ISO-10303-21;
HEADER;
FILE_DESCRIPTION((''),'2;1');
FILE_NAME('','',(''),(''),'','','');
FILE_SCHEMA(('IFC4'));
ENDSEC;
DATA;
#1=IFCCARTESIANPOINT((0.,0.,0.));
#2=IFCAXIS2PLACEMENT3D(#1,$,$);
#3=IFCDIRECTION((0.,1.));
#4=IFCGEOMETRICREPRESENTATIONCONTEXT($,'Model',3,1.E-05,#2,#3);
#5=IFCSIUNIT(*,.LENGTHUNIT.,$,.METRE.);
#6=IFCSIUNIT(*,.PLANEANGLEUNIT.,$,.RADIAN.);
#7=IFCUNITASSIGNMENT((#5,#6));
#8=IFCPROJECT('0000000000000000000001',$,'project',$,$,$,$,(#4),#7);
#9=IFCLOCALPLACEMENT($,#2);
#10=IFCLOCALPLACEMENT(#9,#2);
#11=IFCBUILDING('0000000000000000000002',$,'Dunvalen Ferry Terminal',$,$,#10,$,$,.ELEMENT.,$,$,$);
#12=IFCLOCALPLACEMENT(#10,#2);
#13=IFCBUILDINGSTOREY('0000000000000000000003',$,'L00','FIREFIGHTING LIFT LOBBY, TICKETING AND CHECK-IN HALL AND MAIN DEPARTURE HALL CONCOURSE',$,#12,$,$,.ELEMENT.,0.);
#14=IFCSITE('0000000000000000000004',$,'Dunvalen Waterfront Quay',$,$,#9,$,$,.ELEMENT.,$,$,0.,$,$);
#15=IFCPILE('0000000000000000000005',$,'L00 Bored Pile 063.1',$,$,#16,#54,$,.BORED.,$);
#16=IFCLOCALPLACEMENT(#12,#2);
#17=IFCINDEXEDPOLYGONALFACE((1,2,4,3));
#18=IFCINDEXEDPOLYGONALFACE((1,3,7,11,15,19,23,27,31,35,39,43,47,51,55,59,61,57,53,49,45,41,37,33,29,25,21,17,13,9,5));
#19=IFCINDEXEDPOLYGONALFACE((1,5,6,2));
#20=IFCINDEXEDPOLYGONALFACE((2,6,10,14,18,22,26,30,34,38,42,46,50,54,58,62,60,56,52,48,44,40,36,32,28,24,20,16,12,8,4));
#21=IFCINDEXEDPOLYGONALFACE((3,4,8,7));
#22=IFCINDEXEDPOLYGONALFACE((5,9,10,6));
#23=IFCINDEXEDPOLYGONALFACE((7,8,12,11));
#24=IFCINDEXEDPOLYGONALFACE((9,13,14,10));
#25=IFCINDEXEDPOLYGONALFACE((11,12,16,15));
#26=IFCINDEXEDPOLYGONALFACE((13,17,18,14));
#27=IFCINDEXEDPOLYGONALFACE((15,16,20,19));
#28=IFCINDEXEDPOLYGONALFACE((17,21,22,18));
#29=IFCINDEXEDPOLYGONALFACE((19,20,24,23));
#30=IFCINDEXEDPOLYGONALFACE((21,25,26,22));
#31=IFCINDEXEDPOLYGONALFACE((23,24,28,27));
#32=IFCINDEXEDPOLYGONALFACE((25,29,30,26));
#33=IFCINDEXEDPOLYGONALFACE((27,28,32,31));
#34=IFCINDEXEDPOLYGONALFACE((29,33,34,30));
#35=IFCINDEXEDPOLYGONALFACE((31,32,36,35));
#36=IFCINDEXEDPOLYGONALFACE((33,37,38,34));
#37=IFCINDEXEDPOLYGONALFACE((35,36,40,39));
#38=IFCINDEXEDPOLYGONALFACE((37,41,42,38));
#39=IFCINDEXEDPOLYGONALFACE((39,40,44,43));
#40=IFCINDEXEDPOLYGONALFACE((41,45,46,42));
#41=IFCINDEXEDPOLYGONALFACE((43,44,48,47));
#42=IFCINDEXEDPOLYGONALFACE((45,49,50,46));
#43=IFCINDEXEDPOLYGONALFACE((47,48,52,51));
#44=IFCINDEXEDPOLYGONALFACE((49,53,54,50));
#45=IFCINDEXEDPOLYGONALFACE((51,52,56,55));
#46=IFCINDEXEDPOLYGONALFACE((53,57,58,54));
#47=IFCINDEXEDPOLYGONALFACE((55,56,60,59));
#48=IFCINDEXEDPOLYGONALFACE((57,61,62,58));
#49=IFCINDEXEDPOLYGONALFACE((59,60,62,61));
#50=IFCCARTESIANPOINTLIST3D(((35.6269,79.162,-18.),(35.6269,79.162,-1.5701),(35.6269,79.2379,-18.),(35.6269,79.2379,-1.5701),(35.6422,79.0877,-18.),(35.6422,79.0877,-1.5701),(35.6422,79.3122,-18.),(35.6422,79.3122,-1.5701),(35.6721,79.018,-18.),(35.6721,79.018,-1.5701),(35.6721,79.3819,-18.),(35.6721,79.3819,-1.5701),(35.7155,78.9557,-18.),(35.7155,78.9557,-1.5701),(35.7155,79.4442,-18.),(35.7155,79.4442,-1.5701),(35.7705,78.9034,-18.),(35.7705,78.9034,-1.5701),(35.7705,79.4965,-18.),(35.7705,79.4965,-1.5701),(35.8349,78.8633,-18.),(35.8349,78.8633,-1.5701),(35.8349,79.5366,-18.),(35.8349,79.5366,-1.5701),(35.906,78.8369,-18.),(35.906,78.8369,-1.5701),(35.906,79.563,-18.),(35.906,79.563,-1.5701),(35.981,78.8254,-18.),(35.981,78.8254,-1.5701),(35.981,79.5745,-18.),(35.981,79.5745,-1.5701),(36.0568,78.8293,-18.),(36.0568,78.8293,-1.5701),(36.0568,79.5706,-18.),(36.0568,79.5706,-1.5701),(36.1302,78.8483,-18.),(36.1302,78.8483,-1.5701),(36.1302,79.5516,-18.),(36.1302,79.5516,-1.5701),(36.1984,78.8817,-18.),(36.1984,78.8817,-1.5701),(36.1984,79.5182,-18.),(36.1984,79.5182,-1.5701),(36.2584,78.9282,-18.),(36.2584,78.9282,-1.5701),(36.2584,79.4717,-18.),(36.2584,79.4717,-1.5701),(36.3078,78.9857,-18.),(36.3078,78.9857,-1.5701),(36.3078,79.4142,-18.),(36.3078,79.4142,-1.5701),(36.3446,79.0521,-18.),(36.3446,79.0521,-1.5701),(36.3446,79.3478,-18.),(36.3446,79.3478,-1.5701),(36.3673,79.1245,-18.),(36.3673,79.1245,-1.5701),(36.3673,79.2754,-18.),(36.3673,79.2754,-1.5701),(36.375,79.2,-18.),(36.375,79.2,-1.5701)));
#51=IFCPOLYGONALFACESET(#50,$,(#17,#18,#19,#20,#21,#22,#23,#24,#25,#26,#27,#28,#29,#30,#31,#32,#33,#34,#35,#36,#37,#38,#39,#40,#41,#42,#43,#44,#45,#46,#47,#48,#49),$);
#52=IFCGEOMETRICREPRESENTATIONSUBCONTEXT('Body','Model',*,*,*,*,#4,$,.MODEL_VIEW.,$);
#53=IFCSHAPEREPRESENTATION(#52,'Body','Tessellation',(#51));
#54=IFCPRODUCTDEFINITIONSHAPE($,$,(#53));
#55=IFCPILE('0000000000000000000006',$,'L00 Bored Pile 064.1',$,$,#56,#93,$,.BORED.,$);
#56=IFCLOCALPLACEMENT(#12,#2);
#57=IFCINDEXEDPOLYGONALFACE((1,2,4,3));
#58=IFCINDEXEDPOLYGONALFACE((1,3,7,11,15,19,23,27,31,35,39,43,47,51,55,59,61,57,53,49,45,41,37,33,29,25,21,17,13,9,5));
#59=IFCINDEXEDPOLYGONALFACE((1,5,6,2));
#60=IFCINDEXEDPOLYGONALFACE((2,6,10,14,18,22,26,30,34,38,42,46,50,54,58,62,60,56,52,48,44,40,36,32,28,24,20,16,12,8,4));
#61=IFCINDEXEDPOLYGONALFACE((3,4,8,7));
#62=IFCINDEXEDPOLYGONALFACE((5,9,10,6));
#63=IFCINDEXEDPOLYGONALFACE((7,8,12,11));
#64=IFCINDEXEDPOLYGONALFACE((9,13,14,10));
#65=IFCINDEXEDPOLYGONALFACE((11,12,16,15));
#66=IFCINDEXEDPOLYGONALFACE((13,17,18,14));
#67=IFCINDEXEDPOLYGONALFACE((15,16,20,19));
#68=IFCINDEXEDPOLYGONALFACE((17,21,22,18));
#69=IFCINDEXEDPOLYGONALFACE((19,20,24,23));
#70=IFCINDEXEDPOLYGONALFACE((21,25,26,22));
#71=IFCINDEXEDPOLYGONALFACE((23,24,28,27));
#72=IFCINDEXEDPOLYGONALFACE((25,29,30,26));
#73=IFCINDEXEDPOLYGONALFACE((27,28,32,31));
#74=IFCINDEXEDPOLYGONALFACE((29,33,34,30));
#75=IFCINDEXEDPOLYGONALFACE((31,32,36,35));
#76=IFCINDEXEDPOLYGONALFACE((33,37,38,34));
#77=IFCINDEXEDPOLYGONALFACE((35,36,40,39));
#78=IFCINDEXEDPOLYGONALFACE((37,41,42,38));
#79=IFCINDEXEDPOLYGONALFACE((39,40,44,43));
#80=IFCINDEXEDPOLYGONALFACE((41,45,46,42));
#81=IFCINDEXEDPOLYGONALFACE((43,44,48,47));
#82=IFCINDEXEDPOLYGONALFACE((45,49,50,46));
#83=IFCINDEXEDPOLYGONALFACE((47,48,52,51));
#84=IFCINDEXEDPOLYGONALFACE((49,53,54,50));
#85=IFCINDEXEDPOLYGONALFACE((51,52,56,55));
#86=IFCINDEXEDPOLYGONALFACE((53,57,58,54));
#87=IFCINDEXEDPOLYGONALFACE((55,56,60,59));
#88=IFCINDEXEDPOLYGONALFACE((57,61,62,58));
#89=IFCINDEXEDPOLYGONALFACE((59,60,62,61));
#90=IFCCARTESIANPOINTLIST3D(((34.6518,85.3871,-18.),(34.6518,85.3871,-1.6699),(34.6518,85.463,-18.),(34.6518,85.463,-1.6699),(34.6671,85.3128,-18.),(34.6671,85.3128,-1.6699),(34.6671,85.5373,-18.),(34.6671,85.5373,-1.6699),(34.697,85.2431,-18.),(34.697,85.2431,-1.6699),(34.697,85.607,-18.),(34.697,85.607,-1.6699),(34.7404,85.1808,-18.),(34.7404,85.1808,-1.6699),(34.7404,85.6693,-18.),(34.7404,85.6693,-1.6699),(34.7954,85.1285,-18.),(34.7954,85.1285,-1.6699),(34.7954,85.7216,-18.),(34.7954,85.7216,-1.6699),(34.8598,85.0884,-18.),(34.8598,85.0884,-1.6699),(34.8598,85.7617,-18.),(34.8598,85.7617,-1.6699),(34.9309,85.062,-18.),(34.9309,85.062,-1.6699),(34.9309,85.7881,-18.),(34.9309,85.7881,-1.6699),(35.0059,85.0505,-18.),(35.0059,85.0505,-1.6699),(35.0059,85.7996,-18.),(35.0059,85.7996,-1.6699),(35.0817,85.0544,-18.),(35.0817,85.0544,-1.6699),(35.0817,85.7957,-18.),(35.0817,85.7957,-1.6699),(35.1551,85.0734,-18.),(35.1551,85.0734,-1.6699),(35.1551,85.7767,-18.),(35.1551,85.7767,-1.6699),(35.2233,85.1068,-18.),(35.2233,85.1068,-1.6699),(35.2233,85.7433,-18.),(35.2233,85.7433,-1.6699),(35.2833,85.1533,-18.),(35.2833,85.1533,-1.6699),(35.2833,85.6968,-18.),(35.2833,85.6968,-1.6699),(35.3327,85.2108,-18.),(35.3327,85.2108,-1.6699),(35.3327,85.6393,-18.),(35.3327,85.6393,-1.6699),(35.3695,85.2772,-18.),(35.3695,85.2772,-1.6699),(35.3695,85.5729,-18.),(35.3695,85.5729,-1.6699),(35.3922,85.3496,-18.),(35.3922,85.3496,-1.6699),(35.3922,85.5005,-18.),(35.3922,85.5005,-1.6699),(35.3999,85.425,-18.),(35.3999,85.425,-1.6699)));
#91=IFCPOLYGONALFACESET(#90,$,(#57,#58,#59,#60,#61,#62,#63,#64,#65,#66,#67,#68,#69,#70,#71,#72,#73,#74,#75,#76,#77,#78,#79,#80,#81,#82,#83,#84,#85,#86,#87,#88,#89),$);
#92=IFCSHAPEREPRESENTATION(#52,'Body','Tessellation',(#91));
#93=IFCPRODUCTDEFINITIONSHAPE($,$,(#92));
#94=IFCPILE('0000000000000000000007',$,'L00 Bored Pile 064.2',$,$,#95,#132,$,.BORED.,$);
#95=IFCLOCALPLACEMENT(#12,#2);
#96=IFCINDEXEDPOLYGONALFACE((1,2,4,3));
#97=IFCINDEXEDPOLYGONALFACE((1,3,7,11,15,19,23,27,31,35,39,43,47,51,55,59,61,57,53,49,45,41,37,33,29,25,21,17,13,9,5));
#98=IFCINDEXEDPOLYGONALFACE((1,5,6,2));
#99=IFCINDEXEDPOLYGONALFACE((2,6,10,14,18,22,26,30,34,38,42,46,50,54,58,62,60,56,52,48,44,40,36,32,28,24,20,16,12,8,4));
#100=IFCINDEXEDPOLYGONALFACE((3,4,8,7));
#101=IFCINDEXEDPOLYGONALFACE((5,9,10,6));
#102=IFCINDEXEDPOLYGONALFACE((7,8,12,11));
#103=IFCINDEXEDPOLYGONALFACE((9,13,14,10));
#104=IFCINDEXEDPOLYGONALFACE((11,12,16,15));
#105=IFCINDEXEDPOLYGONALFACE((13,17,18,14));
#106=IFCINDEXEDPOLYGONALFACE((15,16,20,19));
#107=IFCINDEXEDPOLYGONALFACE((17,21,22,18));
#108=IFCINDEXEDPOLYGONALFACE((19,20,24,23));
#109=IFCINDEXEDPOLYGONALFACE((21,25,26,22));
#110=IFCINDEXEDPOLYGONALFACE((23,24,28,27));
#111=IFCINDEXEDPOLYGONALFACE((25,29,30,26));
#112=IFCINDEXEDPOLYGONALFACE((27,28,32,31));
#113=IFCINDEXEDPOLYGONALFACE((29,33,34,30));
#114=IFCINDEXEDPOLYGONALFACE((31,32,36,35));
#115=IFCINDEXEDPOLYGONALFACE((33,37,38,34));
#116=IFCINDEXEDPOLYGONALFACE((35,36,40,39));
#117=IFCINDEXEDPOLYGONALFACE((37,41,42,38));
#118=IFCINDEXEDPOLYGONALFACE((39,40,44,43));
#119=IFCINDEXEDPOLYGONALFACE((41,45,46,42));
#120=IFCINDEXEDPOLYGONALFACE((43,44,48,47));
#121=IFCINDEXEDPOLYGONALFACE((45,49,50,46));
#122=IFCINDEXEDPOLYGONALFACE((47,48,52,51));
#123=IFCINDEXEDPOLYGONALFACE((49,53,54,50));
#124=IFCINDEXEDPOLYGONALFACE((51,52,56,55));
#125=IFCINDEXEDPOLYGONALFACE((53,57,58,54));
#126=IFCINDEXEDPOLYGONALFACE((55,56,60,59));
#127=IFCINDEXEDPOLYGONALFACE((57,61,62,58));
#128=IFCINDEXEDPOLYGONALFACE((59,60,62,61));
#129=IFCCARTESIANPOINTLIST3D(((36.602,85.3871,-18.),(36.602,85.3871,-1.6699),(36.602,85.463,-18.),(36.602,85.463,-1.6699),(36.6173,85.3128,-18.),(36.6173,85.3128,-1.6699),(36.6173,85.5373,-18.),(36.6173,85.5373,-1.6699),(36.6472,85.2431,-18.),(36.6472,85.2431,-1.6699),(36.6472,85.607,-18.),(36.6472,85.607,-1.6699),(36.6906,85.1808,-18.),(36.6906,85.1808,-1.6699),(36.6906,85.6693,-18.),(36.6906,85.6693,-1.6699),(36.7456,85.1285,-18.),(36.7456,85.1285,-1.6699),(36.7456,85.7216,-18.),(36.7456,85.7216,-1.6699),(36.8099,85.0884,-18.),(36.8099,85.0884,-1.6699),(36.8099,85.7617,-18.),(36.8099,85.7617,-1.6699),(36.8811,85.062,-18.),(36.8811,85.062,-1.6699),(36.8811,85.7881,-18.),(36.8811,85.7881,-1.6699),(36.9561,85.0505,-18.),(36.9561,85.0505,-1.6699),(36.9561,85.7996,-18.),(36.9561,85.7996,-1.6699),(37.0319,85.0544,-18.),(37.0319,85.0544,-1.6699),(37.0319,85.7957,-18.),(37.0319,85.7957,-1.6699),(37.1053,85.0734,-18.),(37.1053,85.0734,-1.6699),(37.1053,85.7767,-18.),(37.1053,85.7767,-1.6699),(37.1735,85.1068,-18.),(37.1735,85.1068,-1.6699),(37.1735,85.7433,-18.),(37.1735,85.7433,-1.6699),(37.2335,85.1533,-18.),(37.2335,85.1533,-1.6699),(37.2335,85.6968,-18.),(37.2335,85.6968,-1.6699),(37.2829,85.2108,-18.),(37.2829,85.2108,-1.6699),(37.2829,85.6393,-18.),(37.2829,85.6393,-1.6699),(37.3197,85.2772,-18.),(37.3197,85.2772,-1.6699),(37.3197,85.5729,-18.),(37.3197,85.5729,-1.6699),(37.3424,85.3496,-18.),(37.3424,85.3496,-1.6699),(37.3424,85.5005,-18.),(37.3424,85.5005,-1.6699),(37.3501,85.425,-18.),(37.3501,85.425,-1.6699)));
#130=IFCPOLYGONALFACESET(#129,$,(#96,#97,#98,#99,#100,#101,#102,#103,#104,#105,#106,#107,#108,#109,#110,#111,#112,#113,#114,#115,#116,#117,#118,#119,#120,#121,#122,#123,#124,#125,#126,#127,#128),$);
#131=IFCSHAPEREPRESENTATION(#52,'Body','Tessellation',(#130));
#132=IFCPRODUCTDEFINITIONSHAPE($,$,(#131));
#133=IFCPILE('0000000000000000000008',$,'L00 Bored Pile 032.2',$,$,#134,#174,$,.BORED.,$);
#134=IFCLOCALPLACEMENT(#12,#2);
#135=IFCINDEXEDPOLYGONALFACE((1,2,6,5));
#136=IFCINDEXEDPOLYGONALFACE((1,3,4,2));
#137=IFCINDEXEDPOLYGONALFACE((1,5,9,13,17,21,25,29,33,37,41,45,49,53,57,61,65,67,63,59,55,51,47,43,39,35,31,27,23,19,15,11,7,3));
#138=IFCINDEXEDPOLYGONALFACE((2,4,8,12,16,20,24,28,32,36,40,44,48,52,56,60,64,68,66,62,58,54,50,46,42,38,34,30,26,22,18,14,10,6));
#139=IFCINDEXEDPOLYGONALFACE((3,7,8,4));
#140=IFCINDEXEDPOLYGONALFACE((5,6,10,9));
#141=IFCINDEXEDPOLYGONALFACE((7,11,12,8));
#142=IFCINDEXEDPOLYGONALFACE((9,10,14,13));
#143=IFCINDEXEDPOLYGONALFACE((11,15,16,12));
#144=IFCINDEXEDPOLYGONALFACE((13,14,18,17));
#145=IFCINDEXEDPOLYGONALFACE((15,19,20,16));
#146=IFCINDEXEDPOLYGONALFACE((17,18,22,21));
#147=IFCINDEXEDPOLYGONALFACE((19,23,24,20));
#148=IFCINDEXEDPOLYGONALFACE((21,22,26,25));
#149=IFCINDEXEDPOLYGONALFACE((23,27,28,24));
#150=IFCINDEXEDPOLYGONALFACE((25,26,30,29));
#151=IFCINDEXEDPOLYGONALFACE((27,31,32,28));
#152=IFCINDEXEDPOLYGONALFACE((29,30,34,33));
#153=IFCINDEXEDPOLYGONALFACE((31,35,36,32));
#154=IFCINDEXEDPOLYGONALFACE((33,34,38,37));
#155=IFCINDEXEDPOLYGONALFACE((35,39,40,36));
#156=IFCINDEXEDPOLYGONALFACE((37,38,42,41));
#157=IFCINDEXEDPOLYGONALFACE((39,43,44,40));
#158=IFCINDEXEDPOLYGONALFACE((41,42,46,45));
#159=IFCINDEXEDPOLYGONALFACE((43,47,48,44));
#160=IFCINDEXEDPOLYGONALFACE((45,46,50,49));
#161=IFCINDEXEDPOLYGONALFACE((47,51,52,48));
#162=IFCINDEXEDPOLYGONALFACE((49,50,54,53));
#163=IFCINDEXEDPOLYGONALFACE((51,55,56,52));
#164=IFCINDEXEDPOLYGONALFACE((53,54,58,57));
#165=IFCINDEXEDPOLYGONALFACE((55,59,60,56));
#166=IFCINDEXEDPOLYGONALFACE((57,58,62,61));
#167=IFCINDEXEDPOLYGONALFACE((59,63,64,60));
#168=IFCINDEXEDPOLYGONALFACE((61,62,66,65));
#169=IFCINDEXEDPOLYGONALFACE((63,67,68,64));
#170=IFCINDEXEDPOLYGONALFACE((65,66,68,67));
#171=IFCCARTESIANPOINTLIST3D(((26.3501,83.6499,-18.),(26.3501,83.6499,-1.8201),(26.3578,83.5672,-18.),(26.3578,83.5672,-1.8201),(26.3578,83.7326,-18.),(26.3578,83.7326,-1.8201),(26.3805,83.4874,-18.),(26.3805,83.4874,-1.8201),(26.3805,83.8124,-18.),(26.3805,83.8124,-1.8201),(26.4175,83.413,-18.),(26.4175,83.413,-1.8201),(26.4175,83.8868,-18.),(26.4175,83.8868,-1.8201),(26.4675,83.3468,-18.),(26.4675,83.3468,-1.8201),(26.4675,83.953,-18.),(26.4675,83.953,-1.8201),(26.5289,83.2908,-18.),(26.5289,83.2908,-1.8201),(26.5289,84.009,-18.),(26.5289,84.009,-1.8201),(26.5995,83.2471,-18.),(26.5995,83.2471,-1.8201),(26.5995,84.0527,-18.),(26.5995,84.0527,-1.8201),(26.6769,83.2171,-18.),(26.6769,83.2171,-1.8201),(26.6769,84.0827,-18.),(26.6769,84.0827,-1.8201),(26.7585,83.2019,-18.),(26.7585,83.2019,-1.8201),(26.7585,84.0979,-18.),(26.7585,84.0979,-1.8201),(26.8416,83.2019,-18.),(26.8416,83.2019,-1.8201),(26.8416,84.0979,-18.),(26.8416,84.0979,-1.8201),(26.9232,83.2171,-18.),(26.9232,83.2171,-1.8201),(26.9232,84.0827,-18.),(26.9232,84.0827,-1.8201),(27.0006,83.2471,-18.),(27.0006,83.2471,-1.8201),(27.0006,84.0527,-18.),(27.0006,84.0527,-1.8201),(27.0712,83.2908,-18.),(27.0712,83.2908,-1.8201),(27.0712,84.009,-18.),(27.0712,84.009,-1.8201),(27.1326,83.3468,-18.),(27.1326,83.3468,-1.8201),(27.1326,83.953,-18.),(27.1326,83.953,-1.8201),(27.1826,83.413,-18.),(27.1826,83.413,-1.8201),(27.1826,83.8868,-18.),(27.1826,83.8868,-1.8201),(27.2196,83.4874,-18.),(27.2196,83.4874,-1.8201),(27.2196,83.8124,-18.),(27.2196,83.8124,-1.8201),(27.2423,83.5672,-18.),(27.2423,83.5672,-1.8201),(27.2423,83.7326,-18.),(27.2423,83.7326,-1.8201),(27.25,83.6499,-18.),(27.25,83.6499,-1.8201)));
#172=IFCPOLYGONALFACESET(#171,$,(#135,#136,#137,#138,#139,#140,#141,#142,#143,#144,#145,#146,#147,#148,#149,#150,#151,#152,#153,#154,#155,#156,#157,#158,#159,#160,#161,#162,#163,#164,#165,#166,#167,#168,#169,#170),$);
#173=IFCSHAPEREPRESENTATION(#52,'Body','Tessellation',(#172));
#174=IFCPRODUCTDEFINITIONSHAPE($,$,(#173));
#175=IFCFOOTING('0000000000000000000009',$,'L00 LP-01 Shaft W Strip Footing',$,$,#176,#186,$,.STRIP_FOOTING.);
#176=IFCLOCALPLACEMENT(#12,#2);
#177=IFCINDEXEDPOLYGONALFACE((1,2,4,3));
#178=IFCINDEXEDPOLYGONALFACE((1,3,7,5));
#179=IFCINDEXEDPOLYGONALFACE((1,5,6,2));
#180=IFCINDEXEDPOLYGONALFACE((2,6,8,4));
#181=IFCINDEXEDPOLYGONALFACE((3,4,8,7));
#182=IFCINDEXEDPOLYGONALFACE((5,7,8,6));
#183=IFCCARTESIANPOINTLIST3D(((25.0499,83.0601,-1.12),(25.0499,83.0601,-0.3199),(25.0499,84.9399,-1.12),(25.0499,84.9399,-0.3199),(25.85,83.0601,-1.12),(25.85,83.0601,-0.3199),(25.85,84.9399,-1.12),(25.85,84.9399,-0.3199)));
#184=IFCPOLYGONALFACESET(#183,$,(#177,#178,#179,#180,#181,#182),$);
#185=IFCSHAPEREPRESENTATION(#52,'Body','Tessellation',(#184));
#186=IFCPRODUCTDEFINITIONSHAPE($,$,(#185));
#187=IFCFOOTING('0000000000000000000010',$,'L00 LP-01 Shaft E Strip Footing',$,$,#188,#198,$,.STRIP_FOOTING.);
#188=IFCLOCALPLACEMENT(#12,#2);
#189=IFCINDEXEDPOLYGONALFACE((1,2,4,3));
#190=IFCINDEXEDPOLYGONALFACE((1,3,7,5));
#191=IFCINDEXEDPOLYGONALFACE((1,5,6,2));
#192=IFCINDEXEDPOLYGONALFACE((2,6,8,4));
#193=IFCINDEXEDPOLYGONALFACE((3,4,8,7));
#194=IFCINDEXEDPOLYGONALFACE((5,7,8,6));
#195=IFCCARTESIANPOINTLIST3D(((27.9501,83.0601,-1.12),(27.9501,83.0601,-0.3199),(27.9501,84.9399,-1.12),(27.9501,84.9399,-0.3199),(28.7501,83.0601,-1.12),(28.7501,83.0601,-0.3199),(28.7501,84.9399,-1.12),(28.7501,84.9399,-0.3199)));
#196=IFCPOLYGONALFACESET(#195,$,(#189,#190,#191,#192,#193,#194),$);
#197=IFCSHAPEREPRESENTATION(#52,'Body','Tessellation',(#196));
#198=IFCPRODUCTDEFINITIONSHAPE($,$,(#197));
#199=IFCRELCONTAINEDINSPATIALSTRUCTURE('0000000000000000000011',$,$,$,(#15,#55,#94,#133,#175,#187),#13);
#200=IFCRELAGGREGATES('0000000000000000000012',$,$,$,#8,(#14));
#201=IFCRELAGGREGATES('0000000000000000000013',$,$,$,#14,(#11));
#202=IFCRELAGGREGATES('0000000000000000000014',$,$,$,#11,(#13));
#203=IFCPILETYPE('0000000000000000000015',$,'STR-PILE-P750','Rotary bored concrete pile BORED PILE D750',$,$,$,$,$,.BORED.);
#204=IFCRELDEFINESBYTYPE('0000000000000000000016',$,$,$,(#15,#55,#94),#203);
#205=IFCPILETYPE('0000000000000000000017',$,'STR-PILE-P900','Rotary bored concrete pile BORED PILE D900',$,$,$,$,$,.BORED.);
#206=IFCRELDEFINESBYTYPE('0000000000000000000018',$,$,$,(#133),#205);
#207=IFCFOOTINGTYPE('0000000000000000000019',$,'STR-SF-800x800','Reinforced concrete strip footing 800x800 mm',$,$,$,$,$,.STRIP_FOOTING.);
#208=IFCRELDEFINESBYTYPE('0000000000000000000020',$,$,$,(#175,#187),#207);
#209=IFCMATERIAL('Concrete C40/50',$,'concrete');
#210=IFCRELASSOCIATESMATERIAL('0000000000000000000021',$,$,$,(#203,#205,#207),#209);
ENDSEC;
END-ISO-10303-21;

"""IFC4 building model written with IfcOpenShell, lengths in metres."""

from ifc_helpers import new_model, si_unit, direction, frame, origin, origin_2d, place, context, subcontext, project, spatial, rectangle, circle, extrude, material, material_profile, profile_set, type_object, element, save


model = new_model("IFC4")

# Units and contexts
model_context = context("Model", 3, precision=1e-05, world=origin(), true_north=direction((0.0, 1.0)))
body_context = subcontext(model_context, "Body", "Model", "MODEL_VIEW")
ifc_project = project(units=[si_unit("LENGTHUNIT", "METRE"), si_unit("PLANEANGLEUNIT", "RADIAN")], contexts=[model_context])

# Site, building, storey
site_placement = place(None, origin())
site = spatial("IfcSite", under=ifc_project, at=site_placement, Name="Dunvalen Waterfront Quay", CompositionType="ELEMENT", RefElevation=0.0)
building_placement = place(site_placement, origin())
building = spatial("IfcBuilding", under=site, at=building_placement, Name="Dunvalen Ferry Terminal", CompositionType="ELEMENT")
storey_placement = place(building_placement, origin())
storey = spatial("IfcBuildingStorey", under=building, at=storey_placement, Name="L00", Description="FIREFIGHTING LIFT LOBBY, TICKETING AND CHECK-IN HALL AND MAIN DEPARTURE HALL CONCOURSE", CompositionType="ELEMENT", Elevation=0.0)

# Shared definitions
ifc_material_1 = material(Name="Concrete C40/50", Category="concrete")

# Piles
ifc_material_profile_1 = material_profile(ifc_material_1, circle(Radius=0.375, at=origin_2d()), Name="Concrete C40/50")
ifc_profile_set_1 = profile_set([ifc_material_profile_1], Name="Concrete C40/50")
pile_type_1 = type_object("IfcPileType", Name="STR-PILE-P750", Description="Rotary bored concrete pile BORED PILE D750", PredefinedType="BORED", material=ifc_profile_set_1)
pile_1_placement = place(storey_placement, frame((36.0, 79.2, -1.5701), z_axis=(0.0, 0.0, -1.0), x_axis=(1.0, 0.0, 0.0)))
element("IfcPile", 1, at=pile_1_placement, inside=storey, type_object=pile_type_1, Name="L00 Bored Pile 063.1", PredefinedType="BORED", context=body_context, shape_type="SweptSolid", body=[
    extrude(circle(Radius=0.375, at=origin_2d()), origin(), (0.0, 0.0, 1.0), 16.4299),
])
for number, where, z_axis, x_axis, name in (
    (2, (35.0249, 85.425, -1.6699), (0.0, 0.0, -1.0), (1.0, 0.0, 0.0), "L00 Bored Pile 064.1"),
    (3, (36.9751, 85.425, -1.6699), (0.0, 0.0, -1.0), (1.0, 0.0, 0.0), "L00 Bored Pile 064.2"),
):
    element("IfcPile", number, at=place(storey_placement, frame(where, z_axis=z_axis, x_axis=x_axis)), inside=storey, type_object=pile_type_1, Name=name, PredefinedType="BORED", context=body_context, shape_type="SweptSolid", body=[
        extrude(circle(Radius=0.375, at=origin_2d()), origin(), (0.0, 0.0, 1.0), 16.3301),
    ])
ifc_material_profile_2 = material_profile(ifc_material_1, circle(Radius=0.45, at=origin_2d()), Name="Concrete C40/50")
ifc_profile_set_2 = profile_set([ifc_material_profile_2], Name="Concrete C40/50")
pile_type_2 = type_object("IfcPileType", Name="STR-PILE-P900", Description="Rotary bored concrete pile BORED PILE D900", PredefinedType="BORED", material=ifc_profile_set_2)
pile_2_placement = place(storey_placement, frame((26.8, 83.6499, -1.8201), z_axis=(0.0, 0.0, -1.0), x_axis=(1.0, 0.0, 0.0)))
element("IfcPile", 4, at=pile_2_placement, inside=storey, type_object=pile_type_2, Name="L00 Bored Pile 032.2", PredefinedType="BORED", context=body_context, shape_type="SweptSolid", body=[
    extrude(circle(Radius=0.45, at=origin_2d()), origin(), (0.0, 0.0, 1.0), 16.1799),
])

# Footings
ifc_material_profile_3 = material_profile(ifc_material_1, rectangle(XDim=0.8, YDim=0.8, at=origin_2d()), Name="Concrete C40/50")
ifc_profile_set_3 = profile_set([ifc_material_profile_3], Name="Concrete C40/50")
footing_type_1 = type_object("IfcFootingType", Name="STR-SF-800x800", Description="Reinforced concrete strip footing 800x800 mm", PredefinedType="STRIP_FOOTING", material=ifc_profile_set_3)
for number, where, z_axis, x_axis, name in (
    (5, (25.45, 83.0601, -0.72), (0.0, 1.0, 0.0), (-1.0, 0.0, 0.0), "L00 LP-01 Shaft W Strip Footing"),
    (6, (28.3501, 83.0601, -0.72), (0.0, 1.0, 0.0), (-1.0, 0.0, 0.0), "L00 LP-01 Shaft E Strip Footing"),
):
    element("IfcFooting", number, at=place(storey_placement, frame(where, z_axis=z_axis, x_axis=x_axis)), inside=storey, type_object=footing_type_1, Name=name, PredefinedType="STRIP_FOOTING", context=body_context, shape_type="SweptSolid", body=[
        extrude(rectangle(XDim=0.8, YDim=0.8, at=origin_2d()), origin(), (0.0, 0.0, 1.0), 1.8799),
    ])

save(model, "model.ifc")
